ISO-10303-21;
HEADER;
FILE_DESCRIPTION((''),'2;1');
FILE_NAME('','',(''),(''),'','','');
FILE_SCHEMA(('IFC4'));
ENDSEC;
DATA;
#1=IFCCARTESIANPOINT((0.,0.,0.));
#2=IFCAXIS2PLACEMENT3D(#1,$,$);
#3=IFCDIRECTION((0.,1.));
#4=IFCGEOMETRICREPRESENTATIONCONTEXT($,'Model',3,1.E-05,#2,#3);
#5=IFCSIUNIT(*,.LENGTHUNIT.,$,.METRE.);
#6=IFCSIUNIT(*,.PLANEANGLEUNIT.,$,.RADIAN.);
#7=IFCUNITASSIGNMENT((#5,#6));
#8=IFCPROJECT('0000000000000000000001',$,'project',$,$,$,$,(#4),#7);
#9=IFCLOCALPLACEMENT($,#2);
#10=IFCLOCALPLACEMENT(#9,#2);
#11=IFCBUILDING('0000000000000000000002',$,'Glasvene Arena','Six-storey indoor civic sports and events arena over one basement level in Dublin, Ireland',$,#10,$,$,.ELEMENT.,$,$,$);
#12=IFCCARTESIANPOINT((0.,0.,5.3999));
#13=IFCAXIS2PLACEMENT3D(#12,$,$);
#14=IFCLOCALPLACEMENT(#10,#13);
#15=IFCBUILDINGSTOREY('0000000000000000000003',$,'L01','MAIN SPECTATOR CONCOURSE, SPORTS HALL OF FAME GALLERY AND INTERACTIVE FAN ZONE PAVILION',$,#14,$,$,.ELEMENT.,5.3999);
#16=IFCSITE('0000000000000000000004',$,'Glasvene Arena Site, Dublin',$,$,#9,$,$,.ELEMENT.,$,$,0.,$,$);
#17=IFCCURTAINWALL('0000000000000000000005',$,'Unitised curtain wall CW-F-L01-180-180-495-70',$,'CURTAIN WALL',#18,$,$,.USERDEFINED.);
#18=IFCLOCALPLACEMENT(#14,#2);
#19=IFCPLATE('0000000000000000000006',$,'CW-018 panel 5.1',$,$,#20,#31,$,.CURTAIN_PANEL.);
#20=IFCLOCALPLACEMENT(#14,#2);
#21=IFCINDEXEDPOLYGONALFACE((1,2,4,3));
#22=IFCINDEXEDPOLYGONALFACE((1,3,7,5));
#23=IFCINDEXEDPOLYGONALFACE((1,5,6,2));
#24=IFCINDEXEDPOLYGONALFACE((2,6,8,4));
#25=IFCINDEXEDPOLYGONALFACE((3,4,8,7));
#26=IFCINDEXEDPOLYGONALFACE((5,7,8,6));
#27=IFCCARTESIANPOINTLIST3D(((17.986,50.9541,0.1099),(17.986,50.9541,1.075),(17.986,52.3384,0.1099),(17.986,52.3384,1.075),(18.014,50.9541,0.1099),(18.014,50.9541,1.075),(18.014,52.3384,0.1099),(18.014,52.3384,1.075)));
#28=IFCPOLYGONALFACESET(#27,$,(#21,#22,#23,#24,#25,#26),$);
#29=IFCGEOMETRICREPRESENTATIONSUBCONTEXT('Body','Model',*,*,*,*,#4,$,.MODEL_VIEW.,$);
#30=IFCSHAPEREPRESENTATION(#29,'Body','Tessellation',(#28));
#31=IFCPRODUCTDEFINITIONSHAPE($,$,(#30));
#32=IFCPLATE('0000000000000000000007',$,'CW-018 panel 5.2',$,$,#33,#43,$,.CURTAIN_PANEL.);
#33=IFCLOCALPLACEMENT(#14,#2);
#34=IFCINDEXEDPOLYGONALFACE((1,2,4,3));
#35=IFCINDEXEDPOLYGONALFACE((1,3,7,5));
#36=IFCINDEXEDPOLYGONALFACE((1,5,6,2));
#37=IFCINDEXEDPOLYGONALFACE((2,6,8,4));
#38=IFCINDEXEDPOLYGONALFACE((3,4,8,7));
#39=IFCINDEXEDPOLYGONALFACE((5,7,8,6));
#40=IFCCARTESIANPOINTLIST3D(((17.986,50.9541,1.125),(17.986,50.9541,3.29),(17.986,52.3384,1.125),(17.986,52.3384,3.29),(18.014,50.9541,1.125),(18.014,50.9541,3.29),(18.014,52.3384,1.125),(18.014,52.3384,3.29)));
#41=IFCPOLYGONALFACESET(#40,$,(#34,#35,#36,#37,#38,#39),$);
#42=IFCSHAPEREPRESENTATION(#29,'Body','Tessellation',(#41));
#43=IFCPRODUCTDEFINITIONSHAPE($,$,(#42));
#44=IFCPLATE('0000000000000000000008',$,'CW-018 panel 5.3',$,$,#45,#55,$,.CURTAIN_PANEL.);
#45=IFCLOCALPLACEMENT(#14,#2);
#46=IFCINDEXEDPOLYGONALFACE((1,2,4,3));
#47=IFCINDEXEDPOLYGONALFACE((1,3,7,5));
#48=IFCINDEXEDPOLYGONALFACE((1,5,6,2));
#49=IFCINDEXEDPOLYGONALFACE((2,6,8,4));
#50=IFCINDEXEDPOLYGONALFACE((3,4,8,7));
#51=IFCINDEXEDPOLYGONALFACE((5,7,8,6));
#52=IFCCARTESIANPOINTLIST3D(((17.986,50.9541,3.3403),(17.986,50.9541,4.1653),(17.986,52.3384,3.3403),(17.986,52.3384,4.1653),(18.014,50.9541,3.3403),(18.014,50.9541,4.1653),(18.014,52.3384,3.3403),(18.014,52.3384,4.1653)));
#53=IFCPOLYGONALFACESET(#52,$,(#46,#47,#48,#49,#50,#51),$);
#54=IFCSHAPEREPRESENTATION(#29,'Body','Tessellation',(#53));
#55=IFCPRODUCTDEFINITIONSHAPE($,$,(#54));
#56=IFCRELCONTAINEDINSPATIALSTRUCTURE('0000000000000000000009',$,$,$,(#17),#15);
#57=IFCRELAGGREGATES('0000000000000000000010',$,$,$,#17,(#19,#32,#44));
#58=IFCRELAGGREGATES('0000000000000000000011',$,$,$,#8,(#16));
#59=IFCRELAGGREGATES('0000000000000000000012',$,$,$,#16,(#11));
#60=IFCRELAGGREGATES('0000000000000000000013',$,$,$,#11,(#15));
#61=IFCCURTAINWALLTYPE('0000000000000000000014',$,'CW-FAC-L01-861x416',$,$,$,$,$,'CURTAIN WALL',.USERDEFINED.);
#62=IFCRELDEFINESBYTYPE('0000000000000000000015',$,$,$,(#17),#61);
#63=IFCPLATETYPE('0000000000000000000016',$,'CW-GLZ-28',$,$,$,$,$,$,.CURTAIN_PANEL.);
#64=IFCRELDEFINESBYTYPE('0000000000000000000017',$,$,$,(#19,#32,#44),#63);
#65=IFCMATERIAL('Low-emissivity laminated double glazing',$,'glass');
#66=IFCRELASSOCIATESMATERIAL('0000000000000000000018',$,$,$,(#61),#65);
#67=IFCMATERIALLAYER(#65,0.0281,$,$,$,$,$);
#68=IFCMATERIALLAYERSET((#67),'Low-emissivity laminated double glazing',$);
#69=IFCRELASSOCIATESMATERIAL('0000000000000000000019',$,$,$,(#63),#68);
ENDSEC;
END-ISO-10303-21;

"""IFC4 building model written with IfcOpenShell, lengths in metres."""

from ifc_helpers import new_model, si_unit, direction, frame, origin, origin_2d, place, context, subcontext, project, spatial, rectangle, extrude, material, layer, layer_set, type_object, element, aggregate, save


model = new_model("IFC4")

# Units and contexts
model_context = context("Model", 3, precision=1e-05, world=origin(), true_north=direction((0.0, 1.0)))
body_context = subcontext(model_context, "Body", "Model", "MODEL_VIEW")
ifc_project = project(units=[si_unit("LENGTHUNIT", "METRE"), si_unit("PLANEANGLEUNIT", "RADIAN")], contexts=[model_context])

# Site, building, storey
site_placement = place(None, origin())
site = spatial("IfcSite", under=ifc_project, at=site_placement, Name="Glasvene Arena Site, Dublin", CompositionType="ELEMENT", RefElevation=0.0)
building_placement = place(site_placement, origin())
building = spatial("IfcBuilding", under=site, at=building_placement, Name="Glasvene Arena", Description="Six-storey indoor civic sports and events arena over one basement level in Dublin, Ireland", CompositionType="ELEMENT")
storey_placement = place(building_placement, frame((0.0, 0.0, 5.3999)))
storey = spatial("IfcBuildingStorey", under=building, at=storey_placement, Name="L01", Description="MAIN SPECTATOR CONCOURSE, SPORTS HALL OF FAME GALLERY AND INTERACTIVE FAN ZONE PAVILION", CompositionType="ELEMENT", Elevation=5.3999)

# Curtain wall, plates
ifc_material_1 = material(Name="Low-emissivity laminated double glazing", Category="glass")
curtain_wall_type = type_object("IfcCurtainWallType", Name="CW-FAC-L01-861x416", ElementType="CURTAIN WALL", PredefinedType="USERDEFINED", material=ifc_material_1)
curtain_wall_placement = place(storey_placement, frame((18.0, 45.1919, 0.0)))
curtain_wall = element("IfcCurtainWall", 1, at=curtain_wall_placement, inside=storey, type_object=curtain_wall_type, Name="Unitised curtain wall CW-F-L01-180-180-495-70", ObjectType="CURTAIN WALL", PredefinedType="USERDEFINED")
ifc_layer = layer(ifc_material_1, 0.0281)
ifc_layer_set = layer_set([ifc_layer], Name="Low-emissivity laminated double glazing")
plate_type = type_object("IfcPlateType", Name="CW-GLZ-28", PredefinedType="CURTAIN_PANEL", material=ifc_layer_set)
plate_1_placement = place(storey_placement, frame((18.0, 51.6462, 0.1099), z_axis=(0.0, 0.0, 1.0), x_axis=(0.0, 1.0, 0.0)))
plate_1 = element("IfcPlate", 2, at=plate_1_placement, type_object=plate_type, Name="CW-018 panel 5.1", PredefinedType="CURTAIN_PANEL", context=body_context, shape_type="SweptSolid", body=[
    extrude(rectangle(XDim=1.3843, YDim=0.0281, at=origin_2d()), origin(), (0.0, 0.0, 1.0), 0.9651),
])
plate_2_placement = place(storey_placement, frame((18.0, 51.6462, 1.125), z_axis=(0.0, 0.0, 1.0), x_axis=(0.0, 1.0, 0.0)))
plate_2 = element("IfcPlate", 3, at=plate_2_placement, type_object=plate_type, Name="CW-018 panel 5.2", PredefinedType="CURTAIN_PANEL", context=body_context, shape_type="SweptSolid", body=[
    extrude(rectangle(XDim=1.3843, YDim=0.0281, at=origin_2d()), origin(), (0.0, 0.0, 1.0), 2.165),
])
plate_3_placement = place(storey_placement, frame((18.0, 51.6462, 3.3403), z_axis=(0.0, 0.0, 1.0), x_axis=(0.0, 1.0, 0.0)))
plate_3 = element("IfcPlate", 4, at=plate_3_placement, type_object=plate_type, Name="CW-018 panel 5.3", PredefinedType="CURTAIN_PANEL", context=body_context, shape_type="SweptSolid", body=[
    extrude(rectangle(XDim=1.3843, YDim=0.0281, at=origin_2d()), origin(), (0.0, 0.0, 1.0), 0.825),
])
aggregate(curtain_wall, [plate_1, plate_2, plate_3])

save(model, "model.ifc")
